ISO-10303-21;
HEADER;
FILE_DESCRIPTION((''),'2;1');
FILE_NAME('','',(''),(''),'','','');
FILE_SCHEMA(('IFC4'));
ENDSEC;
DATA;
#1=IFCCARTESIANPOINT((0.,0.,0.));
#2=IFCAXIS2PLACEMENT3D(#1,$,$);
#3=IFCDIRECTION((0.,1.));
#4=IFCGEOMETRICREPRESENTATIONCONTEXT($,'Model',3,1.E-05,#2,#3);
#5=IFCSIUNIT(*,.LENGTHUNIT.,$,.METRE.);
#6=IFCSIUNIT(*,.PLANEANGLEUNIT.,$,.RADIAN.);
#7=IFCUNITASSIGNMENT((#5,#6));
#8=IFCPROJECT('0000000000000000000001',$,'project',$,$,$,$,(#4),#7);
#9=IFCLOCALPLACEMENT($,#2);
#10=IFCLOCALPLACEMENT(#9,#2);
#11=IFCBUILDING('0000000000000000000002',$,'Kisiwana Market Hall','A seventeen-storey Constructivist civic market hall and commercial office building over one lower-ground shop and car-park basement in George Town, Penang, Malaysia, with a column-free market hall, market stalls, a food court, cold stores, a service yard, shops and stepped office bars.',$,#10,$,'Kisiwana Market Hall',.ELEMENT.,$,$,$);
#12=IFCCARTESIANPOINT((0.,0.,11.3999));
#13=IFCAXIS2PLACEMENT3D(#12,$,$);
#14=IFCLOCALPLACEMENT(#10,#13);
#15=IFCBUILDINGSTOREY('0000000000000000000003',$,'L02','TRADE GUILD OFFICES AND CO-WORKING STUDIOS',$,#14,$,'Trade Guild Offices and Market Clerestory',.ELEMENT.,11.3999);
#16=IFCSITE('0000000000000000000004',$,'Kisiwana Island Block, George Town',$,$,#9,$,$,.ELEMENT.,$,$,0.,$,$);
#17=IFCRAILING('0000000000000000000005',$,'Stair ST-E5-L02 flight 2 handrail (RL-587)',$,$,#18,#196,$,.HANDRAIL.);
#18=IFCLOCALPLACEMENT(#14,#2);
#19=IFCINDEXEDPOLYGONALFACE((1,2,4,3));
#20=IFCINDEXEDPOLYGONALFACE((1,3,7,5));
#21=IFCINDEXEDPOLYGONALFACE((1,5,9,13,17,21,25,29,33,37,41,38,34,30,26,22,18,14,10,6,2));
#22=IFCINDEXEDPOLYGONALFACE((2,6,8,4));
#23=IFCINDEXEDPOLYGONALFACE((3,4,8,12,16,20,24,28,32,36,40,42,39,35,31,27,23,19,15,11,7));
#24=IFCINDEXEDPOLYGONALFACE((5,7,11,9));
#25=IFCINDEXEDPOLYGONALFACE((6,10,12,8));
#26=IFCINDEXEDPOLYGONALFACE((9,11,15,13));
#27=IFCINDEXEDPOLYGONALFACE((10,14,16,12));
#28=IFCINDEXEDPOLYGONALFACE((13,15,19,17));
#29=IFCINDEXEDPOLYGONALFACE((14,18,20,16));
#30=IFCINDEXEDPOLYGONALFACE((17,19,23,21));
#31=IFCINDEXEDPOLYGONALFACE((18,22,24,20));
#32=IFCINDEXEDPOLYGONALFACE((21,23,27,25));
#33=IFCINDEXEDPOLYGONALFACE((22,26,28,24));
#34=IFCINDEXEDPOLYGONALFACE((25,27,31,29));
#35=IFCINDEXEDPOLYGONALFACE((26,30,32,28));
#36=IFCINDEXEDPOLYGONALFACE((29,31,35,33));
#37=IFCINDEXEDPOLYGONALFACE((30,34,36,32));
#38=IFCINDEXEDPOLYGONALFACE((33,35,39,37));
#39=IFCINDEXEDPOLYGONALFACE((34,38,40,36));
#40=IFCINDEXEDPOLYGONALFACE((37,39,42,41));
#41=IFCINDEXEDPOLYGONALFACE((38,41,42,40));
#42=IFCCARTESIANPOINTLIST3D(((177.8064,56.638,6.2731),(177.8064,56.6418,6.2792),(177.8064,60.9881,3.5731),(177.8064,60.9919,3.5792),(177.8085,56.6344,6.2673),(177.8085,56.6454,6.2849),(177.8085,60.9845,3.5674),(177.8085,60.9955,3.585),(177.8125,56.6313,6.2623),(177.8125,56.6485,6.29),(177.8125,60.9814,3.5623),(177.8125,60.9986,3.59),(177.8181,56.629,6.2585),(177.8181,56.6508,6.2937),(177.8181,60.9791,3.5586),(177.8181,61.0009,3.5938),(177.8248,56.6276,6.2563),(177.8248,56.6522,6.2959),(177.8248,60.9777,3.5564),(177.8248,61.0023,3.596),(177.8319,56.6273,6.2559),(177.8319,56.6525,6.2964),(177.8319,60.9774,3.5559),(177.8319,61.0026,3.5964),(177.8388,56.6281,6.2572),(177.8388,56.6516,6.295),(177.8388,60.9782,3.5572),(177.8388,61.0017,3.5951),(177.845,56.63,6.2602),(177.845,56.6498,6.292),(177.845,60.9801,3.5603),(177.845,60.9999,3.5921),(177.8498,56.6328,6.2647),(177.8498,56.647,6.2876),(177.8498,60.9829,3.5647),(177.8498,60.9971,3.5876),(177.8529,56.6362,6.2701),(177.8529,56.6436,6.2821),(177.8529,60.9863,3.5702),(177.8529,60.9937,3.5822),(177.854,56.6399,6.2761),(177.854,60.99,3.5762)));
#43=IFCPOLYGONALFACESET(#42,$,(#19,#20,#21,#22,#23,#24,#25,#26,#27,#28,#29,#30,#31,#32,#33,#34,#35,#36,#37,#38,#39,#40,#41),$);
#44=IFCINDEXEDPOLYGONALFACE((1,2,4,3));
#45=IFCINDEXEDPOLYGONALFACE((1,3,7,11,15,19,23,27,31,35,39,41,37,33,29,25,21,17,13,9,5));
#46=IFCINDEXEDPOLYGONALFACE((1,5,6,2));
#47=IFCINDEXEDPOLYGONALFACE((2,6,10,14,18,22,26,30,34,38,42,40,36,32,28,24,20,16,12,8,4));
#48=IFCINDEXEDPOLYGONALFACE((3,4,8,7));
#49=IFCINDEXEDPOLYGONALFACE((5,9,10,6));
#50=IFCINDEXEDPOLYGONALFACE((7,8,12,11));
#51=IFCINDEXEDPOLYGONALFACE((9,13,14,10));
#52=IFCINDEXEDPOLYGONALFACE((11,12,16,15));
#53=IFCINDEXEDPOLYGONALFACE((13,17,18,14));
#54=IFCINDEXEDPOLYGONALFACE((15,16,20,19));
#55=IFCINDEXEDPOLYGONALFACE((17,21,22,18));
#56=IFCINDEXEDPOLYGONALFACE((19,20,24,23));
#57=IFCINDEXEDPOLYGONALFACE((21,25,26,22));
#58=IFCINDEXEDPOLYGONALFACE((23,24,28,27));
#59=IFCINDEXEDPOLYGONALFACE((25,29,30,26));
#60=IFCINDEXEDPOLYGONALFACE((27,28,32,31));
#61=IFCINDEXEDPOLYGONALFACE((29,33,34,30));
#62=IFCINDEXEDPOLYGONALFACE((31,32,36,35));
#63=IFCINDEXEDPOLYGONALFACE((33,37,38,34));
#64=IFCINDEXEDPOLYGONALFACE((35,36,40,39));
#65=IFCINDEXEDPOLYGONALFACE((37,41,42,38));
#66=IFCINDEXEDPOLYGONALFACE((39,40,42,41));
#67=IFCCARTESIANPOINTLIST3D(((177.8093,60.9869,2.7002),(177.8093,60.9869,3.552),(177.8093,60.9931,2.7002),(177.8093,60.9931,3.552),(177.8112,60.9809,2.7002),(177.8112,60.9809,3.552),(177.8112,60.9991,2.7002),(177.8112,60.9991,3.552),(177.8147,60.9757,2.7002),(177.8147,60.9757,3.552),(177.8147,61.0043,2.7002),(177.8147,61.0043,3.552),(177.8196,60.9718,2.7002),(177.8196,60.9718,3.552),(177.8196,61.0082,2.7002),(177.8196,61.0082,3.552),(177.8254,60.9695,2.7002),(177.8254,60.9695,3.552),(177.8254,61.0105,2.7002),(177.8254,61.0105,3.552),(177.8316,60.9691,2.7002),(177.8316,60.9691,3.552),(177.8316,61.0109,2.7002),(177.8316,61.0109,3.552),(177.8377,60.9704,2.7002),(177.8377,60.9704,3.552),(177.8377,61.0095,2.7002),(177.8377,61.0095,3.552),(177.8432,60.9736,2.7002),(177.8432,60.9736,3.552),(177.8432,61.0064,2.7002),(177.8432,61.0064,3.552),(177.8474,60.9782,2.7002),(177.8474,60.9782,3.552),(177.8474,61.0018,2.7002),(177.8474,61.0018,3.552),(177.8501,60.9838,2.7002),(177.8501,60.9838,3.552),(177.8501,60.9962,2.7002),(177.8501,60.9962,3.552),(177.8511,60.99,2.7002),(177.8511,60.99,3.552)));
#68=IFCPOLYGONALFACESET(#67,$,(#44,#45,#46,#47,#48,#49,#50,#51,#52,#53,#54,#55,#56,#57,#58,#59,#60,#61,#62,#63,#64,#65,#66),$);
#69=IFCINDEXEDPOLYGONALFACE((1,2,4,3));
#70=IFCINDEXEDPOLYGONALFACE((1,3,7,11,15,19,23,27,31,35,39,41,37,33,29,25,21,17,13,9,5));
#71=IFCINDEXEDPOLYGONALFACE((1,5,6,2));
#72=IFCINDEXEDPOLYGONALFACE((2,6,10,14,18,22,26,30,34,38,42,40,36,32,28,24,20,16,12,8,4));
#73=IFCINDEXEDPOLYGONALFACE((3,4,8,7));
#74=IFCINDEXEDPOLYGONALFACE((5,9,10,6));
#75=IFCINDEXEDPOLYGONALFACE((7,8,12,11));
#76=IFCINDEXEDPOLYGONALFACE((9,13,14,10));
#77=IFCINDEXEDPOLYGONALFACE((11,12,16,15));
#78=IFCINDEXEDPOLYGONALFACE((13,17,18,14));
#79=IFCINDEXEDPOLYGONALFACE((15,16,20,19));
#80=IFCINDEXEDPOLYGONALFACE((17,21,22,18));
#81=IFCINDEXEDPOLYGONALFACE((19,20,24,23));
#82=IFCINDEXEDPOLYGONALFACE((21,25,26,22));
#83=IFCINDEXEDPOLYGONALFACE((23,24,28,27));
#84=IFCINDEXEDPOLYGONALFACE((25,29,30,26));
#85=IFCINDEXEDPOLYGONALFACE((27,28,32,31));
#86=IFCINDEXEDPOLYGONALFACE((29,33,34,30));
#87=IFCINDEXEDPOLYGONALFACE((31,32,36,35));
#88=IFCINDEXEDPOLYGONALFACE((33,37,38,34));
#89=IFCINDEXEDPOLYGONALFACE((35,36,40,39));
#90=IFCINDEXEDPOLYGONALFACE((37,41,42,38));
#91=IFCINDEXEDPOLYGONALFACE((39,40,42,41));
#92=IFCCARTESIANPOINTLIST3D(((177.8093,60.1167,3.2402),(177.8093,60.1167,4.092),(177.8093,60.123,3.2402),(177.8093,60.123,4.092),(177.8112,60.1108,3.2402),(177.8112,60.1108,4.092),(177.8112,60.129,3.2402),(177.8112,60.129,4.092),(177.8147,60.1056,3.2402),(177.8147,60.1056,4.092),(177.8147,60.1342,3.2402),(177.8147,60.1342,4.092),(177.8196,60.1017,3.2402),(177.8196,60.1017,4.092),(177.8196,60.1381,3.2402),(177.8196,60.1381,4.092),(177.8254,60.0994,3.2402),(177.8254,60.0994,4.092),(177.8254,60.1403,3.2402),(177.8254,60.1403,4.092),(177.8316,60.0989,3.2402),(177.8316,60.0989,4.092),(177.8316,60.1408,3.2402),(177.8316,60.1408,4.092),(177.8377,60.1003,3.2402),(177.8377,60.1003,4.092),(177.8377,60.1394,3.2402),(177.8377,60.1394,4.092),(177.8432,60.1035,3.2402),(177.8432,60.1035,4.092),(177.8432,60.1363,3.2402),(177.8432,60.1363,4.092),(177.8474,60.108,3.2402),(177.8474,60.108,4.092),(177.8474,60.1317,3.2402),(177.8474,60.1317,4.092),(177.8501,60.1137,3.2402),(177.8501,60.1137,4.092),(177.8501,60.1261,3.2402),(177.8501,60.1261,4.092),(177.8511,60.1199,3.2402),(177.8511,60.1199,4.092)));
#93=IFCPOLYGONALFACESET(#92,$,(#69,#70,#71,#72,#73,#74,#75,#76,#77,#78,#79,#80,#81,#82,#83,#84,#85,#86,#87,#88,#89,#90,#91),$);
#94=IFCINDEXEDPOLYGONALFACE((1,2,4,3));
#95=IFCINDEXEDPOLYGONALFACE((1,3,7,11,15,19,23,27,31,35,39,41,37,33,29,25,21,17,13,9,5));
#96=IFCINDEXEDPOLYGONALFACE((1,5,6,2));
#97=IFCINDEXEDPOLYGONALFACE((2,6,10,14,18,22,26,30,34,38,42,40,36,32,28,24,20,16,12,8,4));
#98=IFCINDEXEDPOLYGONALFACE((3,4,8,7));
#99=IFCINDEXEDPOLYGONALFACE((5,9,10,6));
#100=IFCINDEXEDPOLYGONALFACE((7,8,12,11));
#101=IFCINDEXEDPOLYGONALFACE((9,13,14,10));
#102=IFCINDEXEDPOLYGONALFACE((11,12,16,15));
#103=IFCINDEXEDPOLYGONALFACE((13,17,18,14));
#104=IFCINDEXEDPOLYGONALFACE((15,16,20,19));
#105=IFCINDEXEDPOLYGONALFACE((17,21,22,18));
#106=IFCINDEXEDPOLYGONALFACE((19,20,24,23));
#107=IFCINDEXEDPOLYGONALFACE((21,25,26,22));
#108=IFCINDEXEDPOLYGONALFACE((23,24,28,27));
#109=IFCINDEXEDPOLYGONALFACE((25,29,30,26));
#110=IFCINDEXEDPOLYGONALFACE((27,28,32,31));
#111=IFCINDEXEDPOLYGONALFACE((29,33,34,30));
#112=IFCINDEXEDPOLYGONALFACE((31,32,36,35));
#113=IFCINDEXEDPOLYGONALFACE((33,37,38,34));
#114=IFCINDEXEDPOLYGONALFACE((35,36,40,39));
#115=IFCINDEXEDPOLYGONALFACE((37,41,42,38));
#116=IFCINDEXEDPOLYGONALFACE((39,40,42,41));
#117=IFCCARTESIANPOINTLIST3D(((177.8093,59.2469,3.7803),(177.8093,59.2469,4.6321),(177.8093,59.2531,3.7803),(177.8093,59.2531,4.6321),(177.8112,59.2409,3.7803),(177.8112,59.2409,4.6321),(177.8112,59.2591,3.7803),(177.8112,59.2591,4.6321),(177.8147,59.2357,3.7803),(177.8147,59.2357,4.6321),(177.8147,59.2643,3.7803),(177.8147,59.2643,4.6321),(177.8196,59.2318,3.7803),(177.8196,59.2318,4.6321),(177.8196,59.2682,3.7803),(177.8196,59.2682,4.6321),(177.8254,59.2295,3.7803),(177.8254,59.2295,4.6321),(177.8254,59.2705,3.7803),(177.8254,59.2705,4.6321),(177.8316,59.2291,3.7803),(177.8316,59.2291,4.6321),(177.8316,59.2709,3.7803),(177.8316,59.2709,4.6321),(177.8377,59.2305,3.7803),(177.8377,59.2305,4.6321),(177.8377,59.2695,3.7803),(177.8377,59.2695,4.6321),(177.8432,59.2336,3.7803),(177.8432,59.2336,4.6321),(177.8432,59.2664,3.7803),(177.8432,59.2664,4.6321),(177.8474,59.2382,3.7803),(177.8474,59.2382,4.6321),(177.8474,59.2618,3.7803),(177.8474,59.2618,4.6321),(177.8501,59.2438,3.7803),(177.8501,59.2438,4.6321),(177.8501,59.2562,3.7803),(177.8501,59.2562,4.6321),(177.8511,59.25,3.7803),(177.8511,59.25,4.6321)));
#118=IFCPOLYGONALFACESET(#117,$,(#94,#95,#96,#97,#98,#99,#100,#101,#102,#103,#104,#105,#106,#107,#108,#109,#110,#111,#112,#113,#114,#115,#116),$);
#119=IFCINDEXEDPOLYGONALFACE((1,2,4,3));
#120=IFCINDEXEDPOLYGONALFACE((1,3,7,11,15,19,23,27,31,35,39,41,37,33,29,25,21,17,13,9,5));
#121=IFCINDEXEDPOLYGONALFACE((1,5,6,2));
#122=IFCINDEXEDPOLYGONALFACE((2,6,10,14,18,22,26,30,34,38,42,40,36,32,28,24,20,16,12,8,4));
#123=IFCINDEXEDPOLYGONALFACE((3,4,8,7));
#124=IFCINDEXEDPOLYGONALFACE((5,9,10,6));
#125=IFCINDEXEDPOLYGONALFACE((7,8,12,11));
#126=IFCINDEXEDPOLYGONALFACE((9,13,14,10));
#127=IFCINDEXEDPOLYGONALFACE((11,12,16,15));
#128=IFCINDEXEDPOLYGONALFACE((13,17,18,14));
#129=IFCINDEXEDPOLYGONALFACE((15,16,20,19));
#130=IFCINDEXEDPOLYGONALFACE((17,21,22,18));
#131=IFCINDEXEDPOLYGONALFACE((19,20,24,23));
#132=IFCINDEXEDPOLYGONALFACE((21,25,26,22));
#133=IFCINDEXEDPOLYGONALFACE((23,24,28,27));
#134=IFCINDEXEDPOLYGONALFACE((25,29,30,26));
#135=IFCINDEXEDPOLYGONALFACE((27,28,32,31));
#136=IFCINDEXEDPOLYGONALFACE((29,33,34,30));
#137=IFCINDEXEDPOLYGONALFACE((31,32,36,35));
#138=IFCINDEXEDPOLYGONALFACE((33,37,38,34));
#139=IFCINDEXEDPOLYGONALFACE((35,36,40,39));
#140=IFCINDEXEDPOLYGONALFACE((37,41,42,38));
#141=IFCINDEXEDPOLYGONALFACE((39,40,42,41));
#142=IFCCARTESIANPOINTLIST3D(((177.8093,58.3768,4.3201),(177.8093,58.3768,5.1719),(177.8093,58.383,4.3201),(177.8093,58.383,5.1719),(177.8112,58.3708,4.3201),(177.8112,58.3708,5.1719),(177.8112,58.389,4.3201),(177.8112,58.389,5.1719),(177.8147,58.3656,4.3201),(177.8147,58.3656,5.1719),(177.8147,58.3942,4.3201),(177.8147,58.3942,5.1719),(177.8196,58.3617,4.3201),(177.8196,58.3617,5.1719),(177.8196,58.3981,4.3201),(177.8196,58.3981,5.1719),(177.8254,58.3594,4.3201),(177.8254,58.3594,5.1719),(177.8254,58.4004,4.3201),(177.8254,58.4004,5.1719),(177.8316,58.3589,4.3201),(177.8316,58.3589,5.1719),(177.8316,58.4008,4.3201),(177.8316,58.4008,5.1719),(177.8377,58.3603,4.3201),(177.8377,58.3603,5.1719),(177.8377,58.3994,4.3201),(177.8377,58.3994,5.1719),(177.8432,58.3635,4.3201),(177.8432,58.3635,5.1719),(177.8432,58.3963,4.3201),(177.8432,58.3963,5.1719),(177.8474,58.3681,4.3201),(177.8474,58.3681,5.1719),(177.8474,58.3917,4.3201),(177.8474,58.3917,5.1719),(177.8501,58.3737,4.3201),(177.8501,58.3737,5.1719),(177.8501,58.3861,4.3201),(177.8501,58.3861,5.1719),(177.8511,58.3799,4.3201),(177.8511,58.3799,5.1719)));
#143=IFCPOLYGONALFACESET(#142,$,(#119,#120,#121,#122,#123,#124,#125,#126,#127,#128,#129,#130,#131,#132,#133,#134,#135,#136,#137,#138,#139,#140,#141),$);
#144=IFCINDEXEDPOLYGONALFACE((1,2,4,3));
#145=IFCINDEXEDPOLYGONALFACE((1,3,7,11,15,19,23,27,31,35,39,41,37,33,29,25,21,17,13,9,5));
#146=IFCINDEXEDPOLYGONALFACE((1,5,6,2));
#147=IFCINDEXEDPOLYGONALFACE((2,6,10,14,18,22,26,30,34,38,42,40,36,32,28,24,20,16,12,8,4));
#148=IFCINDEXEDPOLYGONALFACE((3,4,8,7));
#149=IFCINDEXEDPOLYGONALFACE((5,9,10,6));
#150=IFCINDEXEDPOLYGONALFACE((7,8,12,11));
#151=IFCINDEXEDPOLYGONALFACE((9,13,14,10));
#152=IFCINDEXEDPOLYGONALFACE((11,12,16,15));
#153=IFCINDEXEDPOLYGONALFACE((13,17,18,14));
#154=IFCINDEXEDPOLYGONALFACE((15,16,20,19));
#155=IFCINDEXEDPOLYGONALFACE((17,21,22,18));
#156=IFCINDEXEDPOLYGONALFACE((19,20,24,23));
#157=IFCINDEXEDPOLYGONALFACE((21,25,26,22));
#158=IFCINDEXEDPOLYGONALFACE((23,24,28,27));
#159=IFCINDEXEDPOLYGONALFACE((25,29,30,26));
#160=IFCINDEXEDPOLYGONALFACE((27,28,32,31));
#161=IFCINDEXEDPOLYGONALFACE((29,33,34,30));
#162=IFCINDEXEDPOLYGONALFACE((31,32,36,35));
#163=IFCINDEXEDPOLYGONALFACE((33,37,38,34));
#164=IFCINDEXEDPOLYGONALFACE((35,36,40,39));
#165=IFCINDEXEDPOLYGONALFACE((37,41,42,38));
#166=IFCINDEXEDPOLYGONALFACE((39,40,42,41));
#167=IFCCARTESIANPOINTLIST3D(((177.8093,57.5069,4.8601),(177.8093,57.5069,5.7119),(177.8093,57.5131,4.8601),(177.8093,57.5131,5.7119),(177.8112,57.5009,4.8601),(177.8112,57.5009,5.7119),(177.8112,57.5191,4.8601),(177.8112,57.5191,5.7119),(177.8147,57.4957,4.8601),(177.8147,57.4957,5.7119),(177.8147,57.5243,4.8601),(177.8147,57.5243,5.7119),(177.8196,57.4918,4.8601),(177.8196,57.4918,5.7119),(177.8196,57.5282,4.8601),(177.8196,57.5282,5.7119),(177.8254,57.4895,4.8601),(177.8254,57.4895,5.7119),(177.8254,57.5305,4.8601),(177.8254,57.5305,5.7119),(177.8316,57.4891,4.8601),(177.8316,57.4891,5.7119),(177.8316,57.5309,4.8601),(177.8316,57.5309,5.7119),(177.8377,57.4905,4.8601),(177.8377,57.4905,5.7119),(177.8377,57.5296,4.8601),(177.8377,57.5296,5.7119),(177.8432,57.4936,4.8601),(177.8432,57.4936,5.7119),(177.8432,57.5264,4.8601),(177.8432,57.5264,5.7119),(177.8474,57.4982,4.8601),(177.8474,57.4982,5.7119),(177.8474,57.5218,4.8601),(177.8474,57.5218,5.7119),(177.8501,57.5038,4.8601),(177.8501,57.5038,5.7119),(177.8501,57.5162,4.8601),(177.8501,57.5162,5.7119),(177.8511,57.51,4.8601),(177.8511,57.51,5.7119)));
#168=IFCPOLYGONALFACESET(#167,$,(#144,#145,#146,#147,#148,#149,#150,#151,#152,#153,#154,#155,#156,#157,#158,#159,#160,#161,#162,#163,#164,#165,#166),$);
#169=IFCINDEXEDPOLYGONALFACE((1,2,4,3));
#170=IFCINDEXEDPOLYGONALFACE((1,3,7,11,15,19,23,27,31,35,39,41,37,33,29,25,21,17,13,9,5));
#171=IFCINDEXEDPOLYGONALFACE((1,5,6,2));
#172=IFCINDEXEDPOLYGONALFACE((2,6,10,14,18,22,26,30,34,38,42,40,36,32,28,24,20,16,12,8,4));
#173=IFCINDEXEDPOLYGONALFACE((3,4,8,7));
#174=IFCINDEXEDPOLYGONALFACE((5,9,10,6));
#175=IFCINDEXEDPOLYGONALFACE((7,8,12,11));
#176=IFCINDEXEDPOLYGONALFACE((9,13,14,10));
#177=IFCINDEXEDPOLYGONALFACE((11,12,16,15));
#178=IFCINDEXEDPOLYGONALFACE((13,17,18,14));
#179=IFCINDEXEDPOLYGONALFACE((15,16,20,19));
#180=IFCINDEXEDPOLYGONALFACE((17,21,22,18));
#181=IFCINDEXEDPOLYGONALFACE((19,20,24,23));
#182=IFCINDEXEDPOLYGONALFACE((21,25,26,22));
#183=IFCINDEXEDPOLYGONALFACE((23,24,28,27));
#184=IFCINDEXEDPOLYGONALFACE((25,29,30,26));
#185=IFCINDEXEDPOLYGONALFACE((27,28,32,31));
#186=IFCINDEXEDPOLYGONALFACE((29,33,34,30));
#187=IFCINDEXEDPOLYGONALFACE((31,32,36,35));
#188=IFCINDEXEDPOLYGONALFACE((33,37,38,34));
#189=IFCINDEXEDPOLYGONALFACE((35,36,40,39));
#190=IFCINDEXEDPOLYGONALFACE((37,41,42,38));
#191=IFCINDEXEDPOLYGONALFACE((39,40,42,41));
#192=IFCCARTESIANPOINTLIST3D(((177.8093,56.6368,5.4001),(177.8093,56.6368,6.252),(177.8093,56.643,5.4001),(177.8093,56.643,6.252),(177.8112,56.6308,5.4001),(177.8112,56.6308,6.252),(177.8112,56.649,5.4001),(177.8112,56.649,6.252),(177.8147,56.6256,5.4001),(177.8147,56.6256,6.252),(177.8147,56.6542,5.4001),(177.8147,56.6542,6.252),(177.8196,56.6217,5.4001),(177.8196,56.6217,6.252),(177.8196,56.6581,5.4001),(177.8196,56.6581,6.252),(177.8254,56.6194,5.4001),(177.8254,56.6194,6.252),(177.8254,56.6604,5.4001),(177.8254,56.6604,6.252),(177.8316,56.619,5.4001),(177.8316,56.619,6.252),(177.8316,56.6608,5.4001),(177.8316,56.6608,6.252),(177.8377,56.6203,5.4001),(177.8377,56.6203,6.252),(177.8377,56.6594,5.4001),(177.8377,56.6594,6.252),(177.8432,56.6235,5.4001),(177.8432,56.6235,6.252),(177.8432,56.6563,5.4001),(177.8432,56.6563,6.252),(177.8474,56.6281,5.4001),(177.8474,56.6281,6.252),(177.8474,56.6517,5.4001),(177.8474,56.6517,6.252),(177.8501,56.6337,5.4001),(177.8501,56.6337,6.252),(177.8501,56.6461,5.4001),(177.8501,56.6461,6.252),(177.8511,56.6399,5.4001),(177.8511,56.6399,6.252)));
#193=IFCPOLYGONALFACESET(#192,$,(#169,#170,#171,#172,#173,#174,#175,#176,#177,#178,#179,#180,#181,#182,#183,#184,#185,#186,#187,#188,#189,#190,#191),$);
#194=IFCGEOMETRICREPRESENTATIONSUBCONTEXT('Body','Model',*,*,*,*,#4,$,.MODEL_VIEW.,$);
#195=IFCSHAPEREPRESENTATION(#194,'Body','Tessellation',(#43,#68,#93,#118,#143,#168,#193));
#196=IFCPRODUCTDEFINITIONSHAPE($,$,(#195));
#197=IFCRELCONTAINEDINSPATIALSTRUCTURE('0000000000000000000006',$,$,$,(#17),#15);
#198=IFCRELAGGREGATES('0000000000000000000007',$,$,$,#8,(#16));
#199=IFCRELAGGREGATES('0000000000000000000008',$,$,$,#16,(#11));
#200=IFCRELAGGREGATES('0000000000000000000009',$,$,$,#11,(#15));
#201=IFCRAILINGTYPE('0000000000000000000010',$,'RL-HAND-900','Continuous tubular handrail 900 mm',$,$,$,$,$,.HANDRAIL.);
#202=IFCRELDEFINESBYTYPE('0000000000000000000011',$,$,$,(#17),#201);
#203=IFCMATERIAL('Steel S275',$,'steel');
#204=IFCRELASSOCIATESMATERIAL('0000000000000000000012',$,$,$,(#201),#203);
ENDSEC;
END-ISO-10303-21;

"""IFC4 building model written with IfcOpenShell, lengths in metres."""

from ifc_helpers import new_model, si_unit, direction, frame, origin, origin_2d, place, context, subcontext, project, spatial, circle, extrude, material, type_object, element, save


model = new_model("IFC4")

# Units and contexts
model_context = context("Model", 3, precision=1e-05, world=origin(), true_north=direction((0.0, 1.0)))
body_context = subcontext(model_context, "Body", "Model", "MODEL_VIEW")
ifc_project = project(units=[si_unit("LENGTHUNIT", "METRE"), si_unit("PLANEANGLEUNIT", "RADIAN")], contexts=[model_context])

# Site, building, storey
site_placement = place(None, origin())
site = spatial("IfcSite", under=ifc_project, at=site_placement, Name="Kisiwana Island Block, George Town", CompositionType="ELEMENT", RefElevation=0.0)
building_placement = place(site_placement, origin())
building = spatial("IfcBuilding", under=site, at=building_placement, Name="Kisiwana Market Hall", Description="A seventeen-storey Constructivist civic market hall and commercial office building over one lower-ground shop and car-park basement in George Town, Penang, Malaysia, with a column-free market hall, market stalls, a food court, cold stores, a service yard, shops and stepped office bars.", LongName="Kisiwana Market Hall", CompositionType="ELEMENT")
storey_placement = place(building_placement, frame((0.0, 0.0, 11.3999)))
storey = spatial("IfcBuildingStorey", under=building, at=storey_placement, Name="L02", Description="TRADE GUILD OFFICES AND CO-WORKING STUDIOS", LongName="Trade Guild Offices and Market Clerestory", CompositionType="ELEMENT", Elevation=11.3999)

# Railing
ifc_material_1 = material(Name="Steel S275", Category="steel")
railing_type_1 = type_object("IfcRailingType", Name="RL-HAND-900", Description="Continuous tubular handrail 900 mm", PredefinedType="HANDRAIL", material=ifc_material_1)
for number, where, name in (
    (1, (177.8301, 60.99, 2.7002), "Stair ST-E5-L02 flight 2 handrail (RL-587)"),
):
    element("IfcRailing", number, at=place(storey_placement, frame(where)), inside=storey, type_object=railing_type_1, Name=name, PredefinedType="HANDRAIL", context=body_context, shape_type="SweptSolid", body=[
        extrude(circle(Radius=0.0239, at=origin_2d()), frame((0.0, 0.0, 0.876), z_axis=(0.0, -0.84965, 0.527347), x_axis=(1.0, 0.0, 0.0)), (0.0, 0.0, 1.0), 5.1199),
        extrude(circle(Radius=0.021, at=origin_2d()), origin(), (0.0, 0.0, 1.0), 0.8518),
        extrude(circle(Radius=0.021, at=origin_2d()), frame((0.0, -0.8701, 0.54)), (0.0, 0.0, 1.0), 0.8518),
        extrude(circle(Radius=0.021, at=origin_2d()), frame((0.0, -1.74, 1.0801)), (0.0, 0.0, 1.0), 0.8518),
        extrude(circle(Radius=0.021, at=origin_2d()), frame((0.0, -2.6101, 1.6199)), (0.0, 0.0, 1.0), 0.8518),
        extrude(circle(Radius=0.021, at=origin_2d()), frame((0.0, -3.48, 2.1599)), (0.0, 0.0, 1.0), 0.8518),
        extrude(circle(Radius=0.021, at=origin_2d()), frame((0.0, -4.3501, 2.7)), (0.0, 0.0, 1.0), 0.8518),
    ])

save(model, "model.ifc")
